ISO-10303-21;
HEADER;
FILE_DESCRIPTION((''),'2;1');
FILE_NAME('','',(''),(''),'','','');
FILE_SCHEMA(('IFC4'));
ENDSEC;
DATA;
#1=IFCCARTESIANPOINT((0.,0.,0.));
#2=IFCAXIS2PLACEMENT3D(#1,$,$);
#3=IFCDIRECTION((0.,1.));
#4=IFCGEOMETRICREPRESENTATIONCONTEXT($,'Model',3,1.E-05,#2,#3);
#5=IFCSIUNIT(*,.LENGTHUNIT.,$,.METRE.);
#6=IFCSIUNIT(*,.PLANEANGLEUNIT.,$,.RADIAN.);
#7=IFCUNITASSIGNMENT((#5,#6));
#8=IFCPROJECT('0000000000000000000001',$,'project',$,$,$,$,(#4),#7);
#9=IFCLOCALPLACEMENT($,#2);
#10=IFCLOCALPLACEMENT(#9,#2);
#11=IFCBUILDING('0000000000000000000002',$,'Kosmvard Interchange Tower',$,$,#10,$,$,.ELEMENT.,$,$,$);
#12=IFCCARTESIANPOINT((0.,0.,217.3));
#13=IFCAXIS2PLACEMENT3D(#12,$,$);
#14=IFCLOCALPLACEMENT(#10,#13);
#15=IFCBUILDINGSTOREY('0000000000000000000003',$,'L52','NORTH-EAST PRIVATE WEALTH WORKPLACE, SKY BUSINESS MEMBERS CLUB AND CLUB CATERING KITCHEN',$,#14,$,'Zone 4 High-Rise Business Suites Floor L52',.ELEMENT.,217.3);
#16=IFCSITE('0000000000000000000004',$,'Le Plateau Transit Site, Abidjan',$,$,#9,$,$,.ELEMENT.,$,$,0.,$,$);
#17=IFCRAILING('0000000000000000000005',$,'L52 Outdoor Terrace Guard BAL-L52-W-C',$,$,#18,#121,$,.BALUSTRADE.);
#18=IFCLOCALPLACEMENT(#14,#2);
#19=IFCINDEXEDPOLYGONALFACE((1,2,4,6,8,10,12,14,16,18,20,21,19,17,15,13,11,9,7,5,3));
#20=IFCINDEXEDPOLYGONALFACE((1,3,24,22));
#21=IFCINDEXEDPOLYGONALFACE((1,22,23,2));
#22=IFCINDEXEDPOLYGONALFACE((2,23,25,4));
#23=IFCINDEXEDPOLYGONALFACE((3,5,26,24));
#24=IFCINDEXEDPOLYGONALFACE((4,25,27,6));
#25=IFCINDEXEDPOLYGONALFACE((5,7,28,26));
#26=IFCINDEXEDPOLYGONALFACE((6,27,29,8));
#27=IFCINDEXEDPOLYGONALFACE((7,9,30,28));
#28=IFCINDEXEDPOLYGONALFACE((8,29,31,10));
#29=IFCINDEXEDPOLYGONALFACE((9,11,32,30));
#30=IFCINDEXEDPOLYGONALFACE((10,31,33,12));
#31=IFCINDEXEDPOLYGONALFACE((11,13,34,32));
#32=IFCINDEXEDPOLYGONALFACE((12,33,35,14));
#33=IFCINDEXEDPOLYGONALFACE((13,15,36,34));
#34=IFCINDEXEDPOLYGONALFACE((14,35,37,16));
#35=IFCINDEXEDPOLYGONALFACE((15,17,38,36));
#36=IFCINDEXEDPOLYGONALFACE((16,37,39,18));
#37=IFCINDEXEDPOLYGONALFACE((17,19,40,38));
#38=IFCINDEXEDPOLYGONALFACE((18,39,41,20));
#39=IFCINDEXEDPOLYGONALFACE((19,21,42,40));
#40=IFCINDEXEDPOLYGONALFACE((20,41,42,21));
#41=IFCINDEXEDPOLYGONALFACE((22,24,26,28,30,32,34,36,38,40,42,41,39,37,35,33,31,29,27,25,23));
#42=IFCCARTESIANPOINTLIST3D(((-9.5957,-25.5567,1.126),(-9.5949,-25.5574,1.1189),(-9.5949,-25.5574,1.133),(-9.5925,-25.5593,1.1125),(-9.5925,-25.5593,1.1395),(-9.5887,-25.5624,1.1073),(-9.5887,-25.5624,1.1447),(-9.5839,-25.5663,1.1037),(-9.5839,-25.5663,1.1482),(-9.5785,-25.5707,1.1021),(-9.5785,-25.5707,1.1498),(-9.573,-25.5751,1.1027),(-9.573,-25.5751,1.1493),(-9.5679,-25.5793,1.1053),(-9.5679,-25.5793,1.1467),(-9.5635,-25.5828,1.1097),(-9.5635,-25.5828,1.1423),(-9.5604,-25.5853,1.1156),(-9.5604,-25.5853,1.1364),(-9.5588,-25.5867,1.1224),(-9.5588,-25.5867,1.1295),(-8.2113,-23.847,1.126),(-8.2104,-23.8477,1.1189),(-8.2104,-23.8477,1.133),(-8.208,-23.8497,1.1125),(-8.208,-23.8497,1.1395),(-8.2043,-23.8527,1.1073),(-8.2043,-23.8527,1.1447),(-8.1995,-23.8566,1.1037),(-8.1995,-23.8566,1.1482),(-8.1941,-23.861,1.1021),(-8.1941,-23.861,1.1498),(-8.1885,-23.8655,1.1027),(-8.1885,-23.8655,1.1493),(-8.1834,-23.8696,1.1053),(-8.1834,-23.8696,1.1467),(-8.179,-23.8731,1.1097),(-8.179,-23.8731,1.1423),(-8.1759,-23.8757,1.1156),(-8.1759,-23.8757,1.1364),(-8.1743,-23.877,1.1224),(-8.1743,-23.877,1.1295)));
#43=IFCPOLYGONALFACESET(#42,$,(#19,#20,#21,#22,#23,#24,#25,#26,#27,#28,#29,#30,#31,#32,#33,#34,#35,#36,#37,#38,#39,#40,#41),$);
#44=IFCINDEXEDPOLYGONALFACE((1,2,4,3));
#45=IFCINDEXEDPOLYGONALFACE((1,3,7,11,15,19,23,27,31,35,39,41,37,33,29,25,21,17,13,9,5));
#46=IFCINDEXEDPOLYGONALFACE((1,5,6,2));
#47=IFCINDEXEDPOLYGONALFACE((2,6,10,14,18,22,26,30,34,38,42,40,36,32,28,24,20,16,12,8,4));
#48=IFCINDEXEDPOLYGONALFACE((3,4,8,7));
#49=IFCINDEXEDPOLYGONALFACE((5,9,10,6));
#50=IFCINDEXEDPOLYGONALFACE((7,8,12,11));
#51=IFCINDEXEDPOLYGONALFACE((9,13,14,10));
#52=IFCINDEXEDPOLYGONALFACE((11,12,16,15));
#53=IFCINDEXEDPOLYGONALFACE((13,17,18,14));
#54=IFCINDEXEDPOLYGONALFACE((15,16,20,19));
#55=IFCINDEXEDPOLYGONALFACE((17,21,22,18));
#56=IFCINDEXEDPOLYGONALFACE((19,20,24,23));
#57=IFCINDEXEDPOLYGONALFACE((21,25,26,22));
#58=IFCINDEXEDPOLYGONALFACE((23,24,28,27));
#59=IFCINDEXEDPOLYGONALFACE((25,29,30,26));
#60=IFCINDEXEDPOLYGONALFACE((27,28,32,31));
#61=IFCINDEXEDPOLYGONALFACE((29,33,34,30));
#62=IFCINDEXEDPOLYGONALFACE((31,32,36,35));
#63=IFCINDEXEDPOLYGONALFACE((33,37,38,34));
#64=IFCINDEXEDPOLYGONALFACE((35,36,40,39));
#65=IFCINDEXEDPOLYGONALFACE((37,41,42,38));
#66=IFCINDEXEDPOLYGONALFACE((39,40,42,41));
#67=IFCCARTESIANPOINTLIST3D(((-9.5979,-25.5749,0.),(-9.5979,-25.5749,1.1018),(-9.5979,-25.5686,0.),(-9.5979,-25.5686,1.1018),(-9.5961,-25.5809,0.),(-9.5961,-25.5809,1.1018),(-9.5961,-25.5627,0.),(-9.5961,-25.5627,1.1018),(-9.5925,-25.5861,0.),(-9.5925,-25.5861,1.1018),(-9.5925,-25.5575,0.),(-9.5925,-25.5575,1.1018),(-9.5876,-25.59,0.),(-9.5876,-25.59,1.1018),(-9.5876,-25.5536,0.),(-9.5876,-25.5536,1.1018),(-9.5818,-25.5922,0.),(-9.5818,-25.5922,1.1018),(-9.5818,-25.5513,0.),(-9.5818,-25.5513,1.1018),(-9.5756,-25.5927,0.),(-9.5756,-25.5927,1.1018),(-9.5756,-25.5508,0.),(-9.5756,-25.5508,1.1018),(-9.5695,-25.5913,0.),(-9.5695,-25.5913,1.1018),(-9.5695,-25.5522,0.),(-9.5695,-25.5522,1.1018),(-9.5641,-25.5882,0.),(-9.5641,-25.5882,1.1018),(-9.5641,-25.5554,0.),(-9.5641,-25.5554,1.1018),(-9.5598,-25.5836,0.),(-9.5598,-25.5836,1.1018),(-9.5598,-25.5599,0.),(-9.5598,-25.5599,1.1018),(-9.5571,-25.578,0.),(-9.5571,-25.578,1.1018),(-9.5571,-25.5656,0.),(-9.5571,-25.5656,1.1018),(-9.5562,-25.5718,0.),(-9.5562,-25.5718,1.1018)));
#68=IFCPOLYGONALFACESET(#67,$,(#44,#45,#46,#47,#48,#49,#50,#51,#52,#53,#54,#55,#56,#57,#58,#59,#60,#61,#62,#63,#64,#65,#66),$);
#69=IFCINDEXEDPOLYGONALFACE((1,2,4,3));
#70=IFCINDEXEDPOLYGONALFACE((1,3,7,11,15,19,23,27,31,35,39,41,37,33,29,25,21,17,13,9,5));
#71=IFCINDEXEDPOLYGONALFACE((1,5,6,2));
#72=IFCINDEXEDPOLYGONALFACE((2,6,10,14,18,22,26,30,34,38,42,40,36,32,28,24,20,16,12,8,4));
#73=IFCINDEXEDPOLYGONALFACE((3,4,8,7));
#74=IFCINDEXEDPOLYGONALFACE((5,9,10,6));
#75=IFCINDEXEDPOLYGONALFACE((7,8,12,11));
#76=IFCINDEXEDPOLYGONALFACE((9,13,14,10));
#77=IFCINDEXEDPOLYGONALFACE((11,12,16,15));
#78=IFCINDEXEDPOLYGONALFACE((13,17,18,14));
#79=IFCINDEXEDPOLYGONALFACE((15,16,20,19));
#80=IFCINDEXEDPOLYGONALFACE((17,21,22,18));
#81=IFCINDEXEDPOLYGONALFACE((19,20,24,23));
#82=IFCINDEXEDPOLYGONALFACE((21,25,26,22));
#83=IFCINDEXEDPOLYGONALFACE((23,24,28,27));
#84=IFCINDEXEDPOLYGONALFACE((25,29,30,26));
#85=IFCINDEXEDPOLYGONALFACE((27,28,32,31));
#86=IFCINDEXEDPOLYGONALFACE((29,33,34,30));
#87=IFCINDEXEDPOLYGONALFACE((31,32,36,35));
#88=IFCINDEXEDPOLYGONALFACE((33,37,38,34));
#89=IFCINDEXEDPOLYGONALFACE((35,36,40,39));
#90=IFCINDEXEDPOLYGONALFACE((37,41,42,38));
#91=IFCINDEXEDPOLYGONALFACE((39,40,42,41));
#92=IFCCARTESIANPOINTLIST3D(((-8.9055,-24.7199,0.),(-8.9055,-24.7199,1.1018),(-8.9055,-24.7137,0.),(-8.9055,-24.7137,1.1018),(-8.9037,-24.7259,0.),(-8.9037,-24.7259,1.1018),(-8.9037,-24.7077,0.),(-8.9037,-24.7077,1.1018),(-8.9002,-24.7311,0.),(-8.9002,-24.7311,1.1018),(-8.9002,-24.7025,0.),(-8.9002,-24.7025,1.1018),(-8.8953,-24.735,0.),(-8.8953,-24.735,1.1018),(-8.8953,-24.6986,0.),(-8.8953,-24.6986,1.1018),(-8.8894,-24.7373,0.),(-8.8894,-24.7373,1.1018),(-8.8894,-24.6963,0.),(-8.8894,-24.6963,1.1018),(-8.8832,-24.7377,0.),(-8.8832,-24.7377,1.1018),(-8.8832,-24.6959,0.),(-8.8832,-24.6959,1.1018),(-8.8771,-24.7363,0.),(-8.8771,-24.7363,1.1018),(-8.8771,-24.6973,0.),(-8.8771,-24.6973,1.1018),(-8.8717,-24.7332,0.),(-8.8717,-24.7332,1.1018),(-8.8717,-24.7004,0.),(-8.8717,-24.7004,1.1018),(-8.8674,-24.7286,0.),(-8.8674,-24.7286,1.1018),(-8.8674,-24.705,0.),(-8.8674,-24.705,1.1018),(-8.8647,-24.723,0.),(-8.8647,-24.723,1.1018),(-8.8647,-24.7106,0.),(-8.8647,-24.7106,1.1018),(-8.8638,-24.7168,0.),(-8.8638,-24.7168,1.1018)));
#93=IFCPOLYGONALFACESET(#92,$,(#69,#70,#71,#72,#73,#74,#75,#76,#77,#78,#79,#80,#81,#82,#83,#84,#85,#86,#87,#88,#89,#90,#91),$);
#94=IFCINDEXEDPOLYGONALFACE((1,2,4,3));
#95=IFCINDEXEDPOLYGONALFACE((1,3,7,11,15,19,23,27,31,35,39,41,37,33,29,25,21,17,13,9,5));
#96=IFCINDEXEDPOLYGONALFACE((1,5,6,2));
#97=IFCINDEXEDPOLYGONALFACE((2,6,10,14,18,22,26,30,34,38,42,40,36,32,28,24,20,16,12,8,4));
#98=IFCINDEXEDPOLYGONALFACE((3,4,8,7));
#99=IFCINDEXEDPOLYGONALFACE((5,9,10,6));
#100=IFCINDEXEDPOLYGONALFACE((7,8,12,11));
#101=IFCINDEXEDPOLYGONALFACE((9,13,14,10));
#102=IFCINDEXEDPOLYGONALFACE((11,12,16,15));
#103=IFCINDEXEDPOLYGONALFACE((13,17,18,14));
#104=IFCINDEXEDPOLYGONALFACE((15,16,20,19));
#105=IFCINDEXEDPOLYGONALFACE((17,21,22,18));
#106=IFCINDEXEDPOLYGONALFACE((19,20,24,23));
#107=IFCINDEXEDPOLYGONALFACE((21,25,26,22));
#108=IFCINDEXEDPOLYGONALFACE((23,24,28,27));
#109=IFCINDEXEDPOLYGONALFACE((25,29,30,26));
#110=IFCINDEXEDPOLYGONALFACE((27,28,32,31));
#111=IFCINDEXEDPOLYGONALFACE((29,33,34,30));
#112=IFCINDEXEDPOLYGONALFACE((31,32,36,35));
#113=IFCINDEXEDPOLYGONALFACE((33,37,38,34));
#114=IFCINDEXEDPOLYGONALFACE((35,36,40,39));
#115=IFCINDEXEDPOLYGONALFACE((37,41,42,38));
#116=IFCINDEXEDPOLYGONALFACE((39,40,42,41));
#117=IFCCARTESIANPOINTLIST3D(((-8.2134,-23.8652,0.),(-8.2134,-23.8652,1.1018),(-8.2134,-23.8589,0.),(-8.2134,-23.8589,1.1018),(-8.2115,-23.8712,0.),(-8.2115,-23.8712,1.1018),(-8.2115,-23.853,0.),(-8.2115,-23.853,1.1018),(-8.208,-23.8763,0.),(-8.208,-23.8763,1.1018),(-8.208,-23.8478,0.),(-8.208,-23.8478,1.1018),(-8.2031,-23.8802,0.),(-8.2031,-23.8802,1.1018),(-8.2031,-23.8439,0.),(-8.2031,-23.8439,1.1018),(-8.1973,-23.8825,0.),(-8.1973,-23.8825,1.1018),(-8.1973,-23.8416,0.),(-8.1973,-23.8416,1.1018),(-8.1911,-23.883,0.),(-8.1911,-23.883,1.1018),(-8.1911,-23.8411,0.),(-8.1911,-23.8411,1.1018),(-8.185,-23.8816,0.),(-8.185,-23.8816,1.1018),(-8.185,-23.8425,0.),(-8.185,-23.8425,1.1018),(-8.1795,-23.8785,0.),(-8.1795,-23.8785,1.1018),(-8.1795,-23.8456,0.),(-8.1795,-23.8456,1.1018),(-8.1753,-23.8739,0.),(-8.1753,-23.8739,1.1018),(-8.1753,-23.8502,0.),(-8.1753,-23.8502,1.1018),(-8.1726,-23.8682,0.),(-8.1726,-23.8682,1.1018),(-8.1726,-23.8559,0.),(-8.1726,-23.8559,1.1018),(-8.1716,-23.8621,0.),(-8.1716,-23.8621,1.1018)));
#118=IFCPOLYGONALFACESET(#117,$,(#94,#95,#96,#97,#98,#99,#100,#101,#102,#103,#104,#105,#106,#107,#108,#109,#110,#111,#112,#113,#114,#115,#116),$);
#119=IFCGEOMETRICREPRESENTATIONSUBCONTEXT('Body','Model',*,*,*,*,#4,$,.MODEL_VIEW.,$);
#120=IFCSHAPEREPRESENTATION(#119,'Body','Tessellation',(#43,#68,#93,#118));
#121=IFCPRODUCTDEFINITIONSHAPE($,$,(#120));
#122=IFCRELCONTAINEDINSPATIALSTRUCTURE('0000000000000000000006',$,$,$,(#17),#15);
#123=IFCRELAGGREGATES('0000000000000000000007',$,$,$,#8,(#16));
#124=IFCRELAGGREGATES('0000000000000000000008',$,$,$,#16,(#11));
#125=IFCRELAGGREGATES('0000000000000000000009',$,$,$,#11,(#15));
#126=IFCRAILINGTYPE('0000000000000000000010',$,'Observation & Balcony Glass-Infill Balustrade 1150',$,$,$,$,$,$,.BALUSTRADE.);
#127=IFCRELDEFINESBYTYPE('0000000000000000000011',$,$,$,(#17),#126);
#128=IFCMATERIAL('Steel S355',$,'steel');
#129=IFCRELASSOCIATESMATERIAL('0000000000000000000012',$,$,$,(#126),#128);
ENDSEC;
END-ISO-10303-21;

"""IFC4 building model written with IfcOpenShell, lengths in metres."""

from ifc_helpers import new_model, si_unit, direction, frame, origin, origin_2d, place, context, subcontext, project, spatial, circle, extrude, source, transform, mapped, material, type_object, element, save


model = new_model("IFC4")

# Units and contexts
model_context = context("Model", 3, precision=1e-05, world=origin(), true_north=direction((0.0, 1.0)))
body_context = subcontext(model_context, "Body", "Model", "MODEL_VIEW")
ifc_project = project(units=[si_unit("LENGTHUNIT", "METRE"), si_unit("PLANEANGLEUNIT", "RADIAN")], contexts=[model_context])

# Site, building, storey
site_placement = place(None, origin())
site = spatial("IfcSite", under=ifc_project, at=site_placement, Name="Le Plateau Transit Site, Abidjan", CompositionType="ELEMENT", RefElevation=0.0)
building_placement = place(site_placement, origin())
building = spatial("IfcBuilding", under=site, at=building_placement, Name="Kosmvard Interchange Tower", CompositionType="ELEMENT")
storey_placement = place(building_placement, frame((0.0, 0.0, 217.3)))
storey = spatial("IfcBuildingStorey", under=building, at=storey_placement, Name="L52", Description="NORTH-EAST PRIVATE WEALTH WORKPLACE, SKY BUSINESS MEMBERS CLUB AND CLUB CATERING KITCHEN", LongName="Zone 4 High-Rise Business Suites Floor L52", CompositionType="ELEMENT", Elevation=217.3)

# Shared definitions
ifc_material_1 = material(Name="Steel S355", Category="steel")

# Railing
railing_type = type_object("IfcRailingType", Name="Observation & Balcony Glass-Infill Balustrade 1150", PredefinedType="BALUSTRADE", material=ifc_material_1)
shared_shape_1 = source(origin(), body_context, "Body", "SweptSolid", [
    extrude(circle(Radius=0.0239, at=origin_2d()), frame((0.0, 0.0, 1.126), z_axis=(0.629326, 0.777141, 0.0), x_axis=(-0.777141, 0.629326, 0.0)), (0.0, 0.0, 1.0), 2.2),
    extrude(circle(Radius=0.021, at=origin_2d()), origin(), (0.0, 0.0, 1.0), 1.1018),
    extrude(circle(Radius=0.021, at=origin_2d()), frame((0.6924, 0.855, 0.0)), (0.0, 0.0, 1.0), 1.1018),
    extrude(circle(Radius=0.021, at=origin_2d()), frame((1.3845, 1.7097, 0.0)), (0.0, 0.0, 1.0), 1.1018),
])
railing_placement = place(storey_placement, frame((-9.5771, -25.5718, 0.0)))
element("IfcRailing", 1, at=railing_placement, inside=storey, type_object=railing_type, Name="L52 Outdoor Terrace Guard BAL-L52-W-C", PredefinedType="BALUSTRADE", context=body_context, shape_type="MappedRepresentation", body=[
    mapped(shared_shape_1, transform((0.0, 0.0, 0.0), scale=1.0)),
])

save(model, "model.ifc")
